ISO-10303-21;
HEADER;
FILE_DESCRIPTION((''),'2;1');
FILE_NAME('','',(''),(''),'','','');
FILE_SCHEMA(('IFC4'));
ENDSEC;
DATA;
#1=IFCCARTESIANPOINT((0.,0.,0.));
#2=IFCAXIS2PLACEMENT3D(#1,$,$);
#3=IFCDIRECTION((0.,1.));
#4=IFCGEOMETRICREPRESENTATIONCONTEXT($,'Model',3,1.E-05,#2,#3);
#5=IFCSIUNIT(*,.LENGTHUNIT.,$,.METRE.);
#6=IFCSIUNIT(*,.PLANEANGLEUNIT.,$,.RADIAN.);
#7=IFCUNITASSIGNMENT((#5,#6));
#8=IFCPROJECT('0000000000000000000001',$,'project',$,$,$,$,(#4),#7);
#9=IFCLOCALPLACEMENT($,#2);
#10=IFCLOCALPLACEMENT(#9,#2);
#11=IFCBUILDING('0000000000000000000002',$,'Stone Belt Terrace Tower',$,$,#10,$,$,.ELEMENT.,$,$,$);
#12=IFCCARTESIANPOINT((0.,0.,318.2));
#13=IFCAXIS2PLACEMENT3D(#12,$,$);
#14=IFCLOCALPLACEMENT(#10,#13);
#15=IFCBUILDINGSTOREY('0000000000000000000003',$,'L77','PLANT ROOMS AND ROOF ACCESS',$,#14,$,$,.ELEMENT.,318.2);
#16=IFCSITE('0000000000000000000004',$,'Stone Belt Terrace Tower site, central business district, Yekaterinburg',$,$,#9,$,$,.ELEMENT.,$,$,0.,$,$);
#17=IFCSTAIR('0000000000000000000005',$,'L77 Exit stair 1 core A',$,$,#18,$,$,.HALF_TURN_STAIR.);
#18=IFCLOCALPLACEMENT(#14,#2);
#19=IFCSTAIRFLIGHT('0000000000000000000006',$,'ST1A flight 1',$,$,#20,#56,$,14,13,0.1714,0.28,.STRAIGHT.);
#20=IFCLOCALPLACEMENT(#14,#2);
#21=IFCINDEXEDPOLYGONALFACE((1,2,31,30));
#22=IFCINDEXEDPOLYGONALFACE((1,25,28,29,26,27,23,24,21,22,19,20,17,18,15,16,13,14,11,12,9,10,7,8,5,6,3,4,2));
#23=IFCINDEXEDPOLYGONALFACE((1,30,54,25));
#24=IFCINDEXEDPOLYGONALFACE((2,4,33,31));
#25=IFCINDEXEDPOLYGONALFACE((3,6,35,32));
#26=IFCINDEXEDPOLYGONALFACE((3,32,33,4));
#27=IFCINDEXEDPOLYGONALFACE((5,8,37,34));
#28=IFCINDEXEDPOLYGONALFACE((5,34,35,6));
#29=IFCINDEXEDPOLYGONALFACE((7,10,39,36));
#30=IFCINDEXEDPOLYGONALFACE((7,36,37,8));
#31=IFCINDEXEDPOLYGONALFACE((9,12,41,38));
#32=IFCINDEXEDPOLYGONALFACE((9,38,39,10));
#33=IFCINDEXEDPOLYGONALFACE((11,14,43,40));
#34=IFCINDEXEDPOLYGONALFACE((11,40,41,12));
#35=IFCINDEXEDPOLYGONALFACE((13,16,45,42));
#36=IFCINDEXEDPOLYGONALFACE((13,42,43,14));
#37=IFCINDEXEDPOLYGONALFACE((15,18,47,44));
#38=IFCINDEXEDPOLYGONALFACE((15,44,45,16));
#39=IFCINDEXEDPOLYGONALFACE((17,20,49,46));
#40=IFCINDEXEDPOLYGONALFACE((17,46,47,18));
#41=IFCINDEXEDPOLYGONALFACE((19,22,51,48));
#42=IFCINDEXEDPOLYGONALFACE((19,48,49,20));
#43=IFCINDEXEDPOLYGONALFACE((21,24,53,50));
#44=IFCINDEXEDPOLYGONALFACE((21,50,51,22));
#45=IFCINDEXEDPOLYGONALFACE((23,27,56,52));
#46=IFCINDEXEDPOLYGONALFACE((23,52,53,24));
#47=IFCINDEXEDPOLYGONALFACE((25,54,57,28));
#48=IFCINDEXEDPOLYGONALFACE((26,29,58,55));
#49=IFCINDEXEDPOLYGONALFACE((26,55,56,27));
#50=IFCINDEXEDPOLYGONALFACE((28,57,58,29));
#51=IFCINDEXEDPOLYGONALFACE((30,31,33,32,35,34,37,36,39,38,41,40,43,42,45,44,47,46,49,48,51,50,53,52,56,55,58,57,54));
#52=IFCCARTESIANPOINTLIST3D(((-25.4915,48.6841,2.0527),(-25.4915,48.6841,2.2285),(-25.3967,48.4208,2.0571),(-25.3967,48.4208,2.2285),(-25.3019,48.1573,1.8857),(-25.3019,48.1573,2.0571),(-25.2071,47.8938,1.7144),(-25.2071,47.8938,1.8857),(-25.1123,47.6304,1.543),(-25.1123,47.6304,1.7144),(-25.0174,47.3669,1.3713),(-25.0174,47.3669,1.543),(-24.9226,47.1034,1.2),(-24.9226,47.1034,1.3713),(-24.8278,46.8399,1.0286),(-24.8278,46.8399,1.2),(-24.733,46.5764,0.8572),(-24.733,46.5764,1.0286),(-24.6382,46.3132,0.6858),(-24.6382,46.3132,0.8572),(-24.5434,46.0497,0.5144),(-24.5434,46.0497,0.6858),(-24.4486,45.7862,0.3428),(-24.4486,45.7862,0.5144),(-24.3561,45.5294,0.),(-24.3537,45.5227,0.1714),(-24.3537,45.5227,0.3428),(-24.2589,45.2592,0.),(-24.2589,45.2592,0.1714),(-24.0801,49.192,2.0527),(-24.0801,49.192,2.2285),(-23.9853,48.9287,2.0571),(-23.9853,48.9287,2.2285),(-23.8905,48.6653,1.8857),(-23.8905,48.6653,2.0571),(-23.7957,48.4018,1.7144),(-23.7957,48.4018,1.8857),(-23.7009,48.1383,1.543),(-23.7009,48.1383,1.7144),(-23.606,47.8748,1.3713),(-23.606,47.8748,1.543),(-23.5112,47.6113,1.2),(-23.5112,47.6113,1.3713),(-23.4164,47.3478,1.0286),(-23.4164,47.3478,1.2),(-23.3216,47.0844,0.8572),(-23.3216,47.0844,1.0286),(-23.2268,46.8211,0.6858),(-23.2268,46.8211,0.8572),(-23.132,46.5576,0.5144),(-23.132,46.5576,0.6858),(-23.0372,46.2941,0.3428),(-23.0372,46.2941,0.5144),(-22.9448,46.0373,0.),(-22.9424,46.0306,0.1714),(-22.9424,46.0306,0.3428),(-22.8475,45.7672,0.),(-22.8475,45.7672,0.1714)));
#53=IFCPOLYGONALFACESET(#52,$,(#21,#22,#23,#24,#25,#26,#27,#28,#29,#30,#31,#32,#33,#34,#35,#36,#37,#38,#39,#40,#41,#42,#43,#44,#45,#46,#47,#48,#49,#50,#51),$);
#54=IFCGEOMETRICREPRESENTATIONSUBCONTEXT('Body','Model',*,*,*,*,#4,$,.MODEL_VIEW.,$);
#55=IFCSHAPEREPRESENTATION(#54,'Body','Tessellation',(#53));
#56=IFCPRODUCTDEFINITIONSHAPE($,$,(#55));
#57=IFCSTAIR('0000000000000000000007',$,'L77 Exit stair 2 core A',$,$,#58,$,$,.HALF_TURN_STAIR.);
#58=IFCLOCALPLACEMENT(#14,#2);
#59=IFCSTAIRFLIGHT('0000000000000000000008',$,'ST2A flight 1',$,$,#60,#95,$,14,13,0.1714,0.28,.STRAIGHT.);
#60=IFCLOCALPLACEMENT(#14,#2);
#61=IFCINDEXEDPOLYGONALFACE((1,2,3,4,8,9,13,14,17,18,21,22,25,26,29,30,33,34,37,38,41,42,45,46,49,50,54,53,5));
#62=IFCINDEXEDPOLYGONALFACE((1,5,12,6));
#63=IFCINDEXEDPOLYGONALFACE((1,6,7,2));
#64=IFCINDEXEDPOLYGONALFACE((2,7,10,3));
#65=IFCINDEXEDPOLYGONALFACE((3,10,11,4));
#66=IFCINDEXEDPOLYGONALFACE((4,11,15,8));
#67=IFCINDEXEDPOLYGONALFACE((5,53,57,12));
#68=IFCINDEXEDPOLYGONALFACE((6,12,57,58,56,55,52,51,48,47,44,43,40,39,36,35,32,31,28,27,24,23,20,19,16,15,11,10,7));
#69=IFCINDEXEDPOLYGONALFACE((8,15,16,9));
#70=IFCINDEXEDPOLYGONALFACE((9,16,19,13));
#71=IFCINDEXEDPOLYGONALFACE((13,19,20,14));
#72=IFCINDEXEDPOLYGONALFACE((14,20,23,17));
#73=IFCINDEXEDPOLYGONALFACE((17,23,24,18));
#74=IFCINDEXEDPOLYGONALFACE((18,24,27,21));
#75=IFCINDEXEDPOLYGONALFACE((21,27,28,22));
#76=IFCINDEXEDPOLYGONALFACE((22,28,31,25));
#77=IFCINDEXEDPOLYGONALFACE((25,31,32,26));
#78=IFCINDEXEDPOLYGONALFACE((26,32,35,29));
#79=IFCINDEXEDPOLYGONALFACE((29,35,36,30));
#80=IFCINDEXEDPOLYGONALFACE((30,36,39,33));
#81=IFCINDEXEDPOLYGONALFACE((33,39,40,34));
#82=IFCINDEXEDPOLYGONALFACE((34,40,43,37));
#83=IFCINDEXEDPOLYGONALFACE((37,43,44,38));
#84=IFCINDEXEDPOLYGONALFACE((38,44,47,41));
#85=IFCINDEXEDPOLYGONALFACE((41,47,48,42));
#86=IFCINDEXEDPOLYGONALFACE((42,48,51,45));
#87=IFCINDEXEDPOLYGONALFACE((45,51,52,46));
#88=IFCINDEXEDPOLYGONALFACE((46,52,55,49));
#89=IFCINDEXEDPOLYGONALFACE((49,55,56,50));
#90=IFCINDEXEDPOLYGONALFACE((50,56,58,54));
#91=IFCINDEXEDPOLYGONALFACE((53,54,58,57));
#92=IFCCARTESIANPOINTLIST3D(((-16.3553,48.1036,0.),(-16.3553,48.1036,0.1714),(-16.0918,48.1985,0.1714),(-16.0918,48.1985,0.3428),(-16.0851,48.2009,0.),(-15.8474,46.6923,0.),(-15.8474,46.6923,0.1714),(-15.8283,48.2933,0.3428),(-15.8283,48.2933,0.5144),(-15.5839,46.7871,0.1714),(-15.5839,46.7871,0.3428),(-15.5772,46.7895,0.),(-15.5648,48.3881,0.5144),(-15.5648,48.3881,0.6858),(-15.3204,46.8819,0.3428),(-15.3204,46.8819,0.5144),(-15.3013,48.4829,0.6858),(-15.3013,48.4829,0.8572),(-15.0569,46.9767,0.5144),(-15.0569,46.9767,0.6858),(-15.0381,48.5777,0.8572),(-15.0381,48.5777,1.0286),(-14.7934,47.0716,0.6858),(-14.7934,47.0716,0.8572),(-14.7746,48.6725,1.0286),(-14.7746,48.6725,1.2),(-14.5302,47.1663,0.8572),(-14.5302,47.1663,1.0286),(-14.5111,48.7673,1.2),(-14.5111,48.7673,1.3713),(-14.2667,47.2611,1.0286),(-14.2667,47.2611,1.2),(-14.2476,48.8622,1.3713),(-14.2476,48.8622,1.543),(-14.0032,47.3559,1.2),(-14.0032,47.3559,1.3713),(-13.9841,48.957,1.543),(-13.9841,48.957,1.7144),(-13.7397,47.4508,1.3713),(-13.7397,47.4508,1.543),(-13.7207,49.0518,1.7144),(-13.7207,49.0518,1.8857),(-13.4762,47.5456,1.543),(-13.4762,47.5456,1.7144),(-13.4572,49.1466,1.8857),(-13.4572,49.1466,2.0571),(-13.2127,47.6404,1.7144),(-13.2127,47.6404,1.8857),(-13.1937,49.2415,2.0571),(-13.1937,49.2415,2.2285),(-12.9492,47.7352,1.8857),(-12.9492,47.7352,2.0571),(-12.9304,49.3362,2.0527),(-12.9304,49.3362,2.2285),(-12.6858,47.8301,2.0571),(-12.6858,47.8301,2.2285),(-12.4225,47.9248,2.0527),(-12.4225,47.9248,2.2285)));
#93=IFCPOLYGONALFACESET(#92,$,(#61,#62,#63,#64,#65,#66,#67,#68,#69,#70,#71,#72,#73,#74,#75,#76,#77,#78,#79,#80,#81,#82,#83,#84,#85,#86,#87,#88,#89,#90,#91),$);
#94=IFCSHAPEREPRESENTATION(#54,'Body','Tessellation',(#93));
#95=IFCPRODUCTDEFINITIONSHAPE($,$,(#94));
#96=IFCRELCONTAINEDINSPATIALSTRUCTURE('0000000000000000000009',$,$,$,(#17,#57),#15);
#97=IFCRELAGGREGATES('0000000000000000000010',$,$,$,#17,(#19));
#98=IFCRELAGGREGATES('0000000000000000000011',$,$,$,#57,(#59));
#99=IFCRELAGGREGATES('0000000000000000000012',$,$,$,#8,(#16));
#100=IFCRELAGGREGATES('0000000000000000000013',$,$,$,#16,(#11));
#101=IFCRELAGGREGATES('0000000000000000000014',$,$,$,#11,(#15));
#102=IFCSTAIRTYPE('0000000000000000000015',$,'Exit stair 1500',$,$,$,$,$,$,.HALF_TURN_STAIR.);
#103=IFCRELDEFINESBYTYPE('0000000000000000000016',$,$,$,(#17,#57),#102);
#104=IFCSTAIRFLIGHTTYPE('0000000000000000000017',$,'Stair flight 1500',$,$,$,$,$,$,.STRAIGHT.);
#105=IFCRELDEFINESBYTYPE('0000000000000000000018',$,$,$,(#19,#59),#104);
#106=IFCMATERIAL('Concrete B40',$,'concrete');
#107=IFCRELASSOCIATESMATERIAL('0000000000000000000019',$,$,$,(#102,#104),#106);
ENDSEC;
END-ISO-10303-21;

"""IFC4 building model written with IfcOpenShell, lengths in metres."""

from ifc_helpers import new_model, si_unit, direction, frame, origin, place, context, subcontext, project, spatial, polyline, outline, extrude, material, type_object, element, aggregate, save


model = new_model("IFC4")

# Units and contexts
model_context = context("Model", 3, precision=1e-05, world=origin(), true_north=direction((0.0, 1.0)))
body_context = subcontext(model_context, "Body", "Model", "MODEL_VIEW")
ifc_project = project(units=[si_unit("LENGTHUNIT", "METRE"), si_unit("PLANEANGLEUNIT", "RADIAN")], contexts=[model_context])

# Site, building, storey
site_placement = place(None, origin())
site = spatial("IfcSite", under=ifc_project, at=site_placement, Name="Stone Belt Terrace Tower site, central business district, Yekaterinburg", CompositionType="ELEMENT", RefElevation=0.0)
building_placement = place(site_placement, origin())
building = spatial("IfcBuilding", under=site, at=building_placement, Name="Stone Belt Terrace Tower", CompositionType="ELEMENT")
storey_placement = place(building_placement, frame((0.0, 0.0, 318.2)))
storey = spatial("IfcBuildingStorey", under=building, at=storey_placement, Name="L77", Description="PLANT ROOMS AND ROOF ACCESS", CompositionType="ELEMENT", Elevation=318.2)

# Stairs, stair flights
ifc_material_1 = material(Name="Concrete B40", Category="concrete")
stair_type = type_object("IfcStairType", Name="Exit stair 1500", PredefinedType="HALF_TURN_STAIR", material=ifc_material_1)
stair_1_placement = place(storey_placement, origin())
stair_1 = element("IfcStair", 1, at=stair_1_placement, inside=storey, type_object=stair_type, Name="L77 Exit stair 1 core A", PredefinedType="HALF_TURN_STAIR")
stair_flight_type = type_object("IfcStairFlightType", Name="Stair flight 1500", PredefinedType="STRAIGHT", material=ifc_material_1)
stair_flight_1_placement = place(storey_placement, frame((-23.5532, 45.5132, 0.0), z_axis=(0.0, 0.0, 1.0), x_axis=(-0.338624, 0.940922, 0.0)))
stair_flight_1 = element("IfcStairFlight", 2, at=stair_flight_1_placement, type_object=stair_flight_type, Name="ST1A flight 1", NumberOfRisers=14, NumberOfTreads=13, PredefinedType="STRAIGHT", RiserHeight=0.1714, TreadLength=0.28, context=body_context, shape_type="SweptSolid", body=[
    extrude(outline(polyline([(0.0, 0.0), (0.0, 0.1714), (0.28, 0.1714), (0.28, 0.3428), (0.5601, 0.3428), (0.5601, 0.5144), (0.8401, 0.5144), (0.8401, 0.6858), (1.1201, 0.6858), (1.1201, 0.8572), (1.3999, 0.8572), (1.3999, 1.0286), (1.6799, 1.0286), (1.6799, 1.2), (1.96, 1.2), (1.96, 1.3713), (2.24, 1.3713), (2.24, 1.543), (2.52, 1.543), (2.52, 1.7144), (2.8, 1.7144), (2.8, 1.8857), (3.0801, 1.8857), (3.0801, 2.0571), (3.3601, 2.0571), (3.3601, 2.2285), (3.6399, 2.2285), (3.6399, 2.3999), (3.6399, 2.0527), (0.2871, 0.0), (0.0, 0.0)])), frame((0.0, 0.75, 0.0), z_axis=(0.0, -1.0, 0.0), x_axis=(1.0, 0.0, 0.0)), (0.0, 0.0, 1.0), 1.5),
])
aggregate(stair_1, [stair_flight_1])
stair_2_placement = place(storey_placement, origin())
stair_2 = element("IfcStair", 3, at=stair_2_placement, inside=storey, type_object=stair_type, Name="L77 Exit stair 2 core A", PredefinedType="HALF_TURN_STAIR")
stair_flight_2_placement = place(storey_placement, frame((-16.1013, 47.3979, 0.0), z_axis=(0.0, 0.0, 1.0), x_axis=(0.940922, 0.338624, 0.0)))
stair_flight_2 = element("IfcStairFlight", 4, at=stair_flight_2_placement, type_object=stair_flight_type, Name="ST2A flight 1", NumberOfRisers=14, NumberOfTreads=13, PredefinedType="STRAIGHT", RiserHeight=0.1714, TreadLength=0.28, context=body_context, shape_type="SweptSolid", body=[
    extrude(outline(polyline([(0.0, 0.0), (0.0, 0.1714), (0.28, 0.1714), (0.28, 0.3428), (0.5601, 0.3428), (0.5601, 0.5144), (0.8401, 0.5144), (0.8401, 0.6858), (1.1201, 0.6858), (1.1201, 0.8572), (1.3999, 0.8572), (1.3999, 1.0286), (1.6799, 1.0286), (1.6799, 1.2), (1.96, 1.2), (1.96, 1.3713), (2.24, 1.3713), (2.24, 1.543), (2.52, 1.543), (2.52, 1.7144), (2.8, 1.7144), (2.8, 1.8857), (3.0801, 1.8857), (3.0801, 2.0571), (3.3601, 2.0571), (3.3601, 2.2285), (3.6399, 2.2285), (3.6399, 2.3999), (3.6399, 2.0527), (0.2871, 0.0), (0.0, 0.0)])), frame((0.0, 0.75, 0.0), z_axis=(0.0, -1.0, 0.0), x_axis=(1.0, 0.0, 0.0)), (0.0, 0.0, 1.0), 1.5),
])
aggregate(stair_2, [stair_flight_2])

save(model, "model.ifc")
